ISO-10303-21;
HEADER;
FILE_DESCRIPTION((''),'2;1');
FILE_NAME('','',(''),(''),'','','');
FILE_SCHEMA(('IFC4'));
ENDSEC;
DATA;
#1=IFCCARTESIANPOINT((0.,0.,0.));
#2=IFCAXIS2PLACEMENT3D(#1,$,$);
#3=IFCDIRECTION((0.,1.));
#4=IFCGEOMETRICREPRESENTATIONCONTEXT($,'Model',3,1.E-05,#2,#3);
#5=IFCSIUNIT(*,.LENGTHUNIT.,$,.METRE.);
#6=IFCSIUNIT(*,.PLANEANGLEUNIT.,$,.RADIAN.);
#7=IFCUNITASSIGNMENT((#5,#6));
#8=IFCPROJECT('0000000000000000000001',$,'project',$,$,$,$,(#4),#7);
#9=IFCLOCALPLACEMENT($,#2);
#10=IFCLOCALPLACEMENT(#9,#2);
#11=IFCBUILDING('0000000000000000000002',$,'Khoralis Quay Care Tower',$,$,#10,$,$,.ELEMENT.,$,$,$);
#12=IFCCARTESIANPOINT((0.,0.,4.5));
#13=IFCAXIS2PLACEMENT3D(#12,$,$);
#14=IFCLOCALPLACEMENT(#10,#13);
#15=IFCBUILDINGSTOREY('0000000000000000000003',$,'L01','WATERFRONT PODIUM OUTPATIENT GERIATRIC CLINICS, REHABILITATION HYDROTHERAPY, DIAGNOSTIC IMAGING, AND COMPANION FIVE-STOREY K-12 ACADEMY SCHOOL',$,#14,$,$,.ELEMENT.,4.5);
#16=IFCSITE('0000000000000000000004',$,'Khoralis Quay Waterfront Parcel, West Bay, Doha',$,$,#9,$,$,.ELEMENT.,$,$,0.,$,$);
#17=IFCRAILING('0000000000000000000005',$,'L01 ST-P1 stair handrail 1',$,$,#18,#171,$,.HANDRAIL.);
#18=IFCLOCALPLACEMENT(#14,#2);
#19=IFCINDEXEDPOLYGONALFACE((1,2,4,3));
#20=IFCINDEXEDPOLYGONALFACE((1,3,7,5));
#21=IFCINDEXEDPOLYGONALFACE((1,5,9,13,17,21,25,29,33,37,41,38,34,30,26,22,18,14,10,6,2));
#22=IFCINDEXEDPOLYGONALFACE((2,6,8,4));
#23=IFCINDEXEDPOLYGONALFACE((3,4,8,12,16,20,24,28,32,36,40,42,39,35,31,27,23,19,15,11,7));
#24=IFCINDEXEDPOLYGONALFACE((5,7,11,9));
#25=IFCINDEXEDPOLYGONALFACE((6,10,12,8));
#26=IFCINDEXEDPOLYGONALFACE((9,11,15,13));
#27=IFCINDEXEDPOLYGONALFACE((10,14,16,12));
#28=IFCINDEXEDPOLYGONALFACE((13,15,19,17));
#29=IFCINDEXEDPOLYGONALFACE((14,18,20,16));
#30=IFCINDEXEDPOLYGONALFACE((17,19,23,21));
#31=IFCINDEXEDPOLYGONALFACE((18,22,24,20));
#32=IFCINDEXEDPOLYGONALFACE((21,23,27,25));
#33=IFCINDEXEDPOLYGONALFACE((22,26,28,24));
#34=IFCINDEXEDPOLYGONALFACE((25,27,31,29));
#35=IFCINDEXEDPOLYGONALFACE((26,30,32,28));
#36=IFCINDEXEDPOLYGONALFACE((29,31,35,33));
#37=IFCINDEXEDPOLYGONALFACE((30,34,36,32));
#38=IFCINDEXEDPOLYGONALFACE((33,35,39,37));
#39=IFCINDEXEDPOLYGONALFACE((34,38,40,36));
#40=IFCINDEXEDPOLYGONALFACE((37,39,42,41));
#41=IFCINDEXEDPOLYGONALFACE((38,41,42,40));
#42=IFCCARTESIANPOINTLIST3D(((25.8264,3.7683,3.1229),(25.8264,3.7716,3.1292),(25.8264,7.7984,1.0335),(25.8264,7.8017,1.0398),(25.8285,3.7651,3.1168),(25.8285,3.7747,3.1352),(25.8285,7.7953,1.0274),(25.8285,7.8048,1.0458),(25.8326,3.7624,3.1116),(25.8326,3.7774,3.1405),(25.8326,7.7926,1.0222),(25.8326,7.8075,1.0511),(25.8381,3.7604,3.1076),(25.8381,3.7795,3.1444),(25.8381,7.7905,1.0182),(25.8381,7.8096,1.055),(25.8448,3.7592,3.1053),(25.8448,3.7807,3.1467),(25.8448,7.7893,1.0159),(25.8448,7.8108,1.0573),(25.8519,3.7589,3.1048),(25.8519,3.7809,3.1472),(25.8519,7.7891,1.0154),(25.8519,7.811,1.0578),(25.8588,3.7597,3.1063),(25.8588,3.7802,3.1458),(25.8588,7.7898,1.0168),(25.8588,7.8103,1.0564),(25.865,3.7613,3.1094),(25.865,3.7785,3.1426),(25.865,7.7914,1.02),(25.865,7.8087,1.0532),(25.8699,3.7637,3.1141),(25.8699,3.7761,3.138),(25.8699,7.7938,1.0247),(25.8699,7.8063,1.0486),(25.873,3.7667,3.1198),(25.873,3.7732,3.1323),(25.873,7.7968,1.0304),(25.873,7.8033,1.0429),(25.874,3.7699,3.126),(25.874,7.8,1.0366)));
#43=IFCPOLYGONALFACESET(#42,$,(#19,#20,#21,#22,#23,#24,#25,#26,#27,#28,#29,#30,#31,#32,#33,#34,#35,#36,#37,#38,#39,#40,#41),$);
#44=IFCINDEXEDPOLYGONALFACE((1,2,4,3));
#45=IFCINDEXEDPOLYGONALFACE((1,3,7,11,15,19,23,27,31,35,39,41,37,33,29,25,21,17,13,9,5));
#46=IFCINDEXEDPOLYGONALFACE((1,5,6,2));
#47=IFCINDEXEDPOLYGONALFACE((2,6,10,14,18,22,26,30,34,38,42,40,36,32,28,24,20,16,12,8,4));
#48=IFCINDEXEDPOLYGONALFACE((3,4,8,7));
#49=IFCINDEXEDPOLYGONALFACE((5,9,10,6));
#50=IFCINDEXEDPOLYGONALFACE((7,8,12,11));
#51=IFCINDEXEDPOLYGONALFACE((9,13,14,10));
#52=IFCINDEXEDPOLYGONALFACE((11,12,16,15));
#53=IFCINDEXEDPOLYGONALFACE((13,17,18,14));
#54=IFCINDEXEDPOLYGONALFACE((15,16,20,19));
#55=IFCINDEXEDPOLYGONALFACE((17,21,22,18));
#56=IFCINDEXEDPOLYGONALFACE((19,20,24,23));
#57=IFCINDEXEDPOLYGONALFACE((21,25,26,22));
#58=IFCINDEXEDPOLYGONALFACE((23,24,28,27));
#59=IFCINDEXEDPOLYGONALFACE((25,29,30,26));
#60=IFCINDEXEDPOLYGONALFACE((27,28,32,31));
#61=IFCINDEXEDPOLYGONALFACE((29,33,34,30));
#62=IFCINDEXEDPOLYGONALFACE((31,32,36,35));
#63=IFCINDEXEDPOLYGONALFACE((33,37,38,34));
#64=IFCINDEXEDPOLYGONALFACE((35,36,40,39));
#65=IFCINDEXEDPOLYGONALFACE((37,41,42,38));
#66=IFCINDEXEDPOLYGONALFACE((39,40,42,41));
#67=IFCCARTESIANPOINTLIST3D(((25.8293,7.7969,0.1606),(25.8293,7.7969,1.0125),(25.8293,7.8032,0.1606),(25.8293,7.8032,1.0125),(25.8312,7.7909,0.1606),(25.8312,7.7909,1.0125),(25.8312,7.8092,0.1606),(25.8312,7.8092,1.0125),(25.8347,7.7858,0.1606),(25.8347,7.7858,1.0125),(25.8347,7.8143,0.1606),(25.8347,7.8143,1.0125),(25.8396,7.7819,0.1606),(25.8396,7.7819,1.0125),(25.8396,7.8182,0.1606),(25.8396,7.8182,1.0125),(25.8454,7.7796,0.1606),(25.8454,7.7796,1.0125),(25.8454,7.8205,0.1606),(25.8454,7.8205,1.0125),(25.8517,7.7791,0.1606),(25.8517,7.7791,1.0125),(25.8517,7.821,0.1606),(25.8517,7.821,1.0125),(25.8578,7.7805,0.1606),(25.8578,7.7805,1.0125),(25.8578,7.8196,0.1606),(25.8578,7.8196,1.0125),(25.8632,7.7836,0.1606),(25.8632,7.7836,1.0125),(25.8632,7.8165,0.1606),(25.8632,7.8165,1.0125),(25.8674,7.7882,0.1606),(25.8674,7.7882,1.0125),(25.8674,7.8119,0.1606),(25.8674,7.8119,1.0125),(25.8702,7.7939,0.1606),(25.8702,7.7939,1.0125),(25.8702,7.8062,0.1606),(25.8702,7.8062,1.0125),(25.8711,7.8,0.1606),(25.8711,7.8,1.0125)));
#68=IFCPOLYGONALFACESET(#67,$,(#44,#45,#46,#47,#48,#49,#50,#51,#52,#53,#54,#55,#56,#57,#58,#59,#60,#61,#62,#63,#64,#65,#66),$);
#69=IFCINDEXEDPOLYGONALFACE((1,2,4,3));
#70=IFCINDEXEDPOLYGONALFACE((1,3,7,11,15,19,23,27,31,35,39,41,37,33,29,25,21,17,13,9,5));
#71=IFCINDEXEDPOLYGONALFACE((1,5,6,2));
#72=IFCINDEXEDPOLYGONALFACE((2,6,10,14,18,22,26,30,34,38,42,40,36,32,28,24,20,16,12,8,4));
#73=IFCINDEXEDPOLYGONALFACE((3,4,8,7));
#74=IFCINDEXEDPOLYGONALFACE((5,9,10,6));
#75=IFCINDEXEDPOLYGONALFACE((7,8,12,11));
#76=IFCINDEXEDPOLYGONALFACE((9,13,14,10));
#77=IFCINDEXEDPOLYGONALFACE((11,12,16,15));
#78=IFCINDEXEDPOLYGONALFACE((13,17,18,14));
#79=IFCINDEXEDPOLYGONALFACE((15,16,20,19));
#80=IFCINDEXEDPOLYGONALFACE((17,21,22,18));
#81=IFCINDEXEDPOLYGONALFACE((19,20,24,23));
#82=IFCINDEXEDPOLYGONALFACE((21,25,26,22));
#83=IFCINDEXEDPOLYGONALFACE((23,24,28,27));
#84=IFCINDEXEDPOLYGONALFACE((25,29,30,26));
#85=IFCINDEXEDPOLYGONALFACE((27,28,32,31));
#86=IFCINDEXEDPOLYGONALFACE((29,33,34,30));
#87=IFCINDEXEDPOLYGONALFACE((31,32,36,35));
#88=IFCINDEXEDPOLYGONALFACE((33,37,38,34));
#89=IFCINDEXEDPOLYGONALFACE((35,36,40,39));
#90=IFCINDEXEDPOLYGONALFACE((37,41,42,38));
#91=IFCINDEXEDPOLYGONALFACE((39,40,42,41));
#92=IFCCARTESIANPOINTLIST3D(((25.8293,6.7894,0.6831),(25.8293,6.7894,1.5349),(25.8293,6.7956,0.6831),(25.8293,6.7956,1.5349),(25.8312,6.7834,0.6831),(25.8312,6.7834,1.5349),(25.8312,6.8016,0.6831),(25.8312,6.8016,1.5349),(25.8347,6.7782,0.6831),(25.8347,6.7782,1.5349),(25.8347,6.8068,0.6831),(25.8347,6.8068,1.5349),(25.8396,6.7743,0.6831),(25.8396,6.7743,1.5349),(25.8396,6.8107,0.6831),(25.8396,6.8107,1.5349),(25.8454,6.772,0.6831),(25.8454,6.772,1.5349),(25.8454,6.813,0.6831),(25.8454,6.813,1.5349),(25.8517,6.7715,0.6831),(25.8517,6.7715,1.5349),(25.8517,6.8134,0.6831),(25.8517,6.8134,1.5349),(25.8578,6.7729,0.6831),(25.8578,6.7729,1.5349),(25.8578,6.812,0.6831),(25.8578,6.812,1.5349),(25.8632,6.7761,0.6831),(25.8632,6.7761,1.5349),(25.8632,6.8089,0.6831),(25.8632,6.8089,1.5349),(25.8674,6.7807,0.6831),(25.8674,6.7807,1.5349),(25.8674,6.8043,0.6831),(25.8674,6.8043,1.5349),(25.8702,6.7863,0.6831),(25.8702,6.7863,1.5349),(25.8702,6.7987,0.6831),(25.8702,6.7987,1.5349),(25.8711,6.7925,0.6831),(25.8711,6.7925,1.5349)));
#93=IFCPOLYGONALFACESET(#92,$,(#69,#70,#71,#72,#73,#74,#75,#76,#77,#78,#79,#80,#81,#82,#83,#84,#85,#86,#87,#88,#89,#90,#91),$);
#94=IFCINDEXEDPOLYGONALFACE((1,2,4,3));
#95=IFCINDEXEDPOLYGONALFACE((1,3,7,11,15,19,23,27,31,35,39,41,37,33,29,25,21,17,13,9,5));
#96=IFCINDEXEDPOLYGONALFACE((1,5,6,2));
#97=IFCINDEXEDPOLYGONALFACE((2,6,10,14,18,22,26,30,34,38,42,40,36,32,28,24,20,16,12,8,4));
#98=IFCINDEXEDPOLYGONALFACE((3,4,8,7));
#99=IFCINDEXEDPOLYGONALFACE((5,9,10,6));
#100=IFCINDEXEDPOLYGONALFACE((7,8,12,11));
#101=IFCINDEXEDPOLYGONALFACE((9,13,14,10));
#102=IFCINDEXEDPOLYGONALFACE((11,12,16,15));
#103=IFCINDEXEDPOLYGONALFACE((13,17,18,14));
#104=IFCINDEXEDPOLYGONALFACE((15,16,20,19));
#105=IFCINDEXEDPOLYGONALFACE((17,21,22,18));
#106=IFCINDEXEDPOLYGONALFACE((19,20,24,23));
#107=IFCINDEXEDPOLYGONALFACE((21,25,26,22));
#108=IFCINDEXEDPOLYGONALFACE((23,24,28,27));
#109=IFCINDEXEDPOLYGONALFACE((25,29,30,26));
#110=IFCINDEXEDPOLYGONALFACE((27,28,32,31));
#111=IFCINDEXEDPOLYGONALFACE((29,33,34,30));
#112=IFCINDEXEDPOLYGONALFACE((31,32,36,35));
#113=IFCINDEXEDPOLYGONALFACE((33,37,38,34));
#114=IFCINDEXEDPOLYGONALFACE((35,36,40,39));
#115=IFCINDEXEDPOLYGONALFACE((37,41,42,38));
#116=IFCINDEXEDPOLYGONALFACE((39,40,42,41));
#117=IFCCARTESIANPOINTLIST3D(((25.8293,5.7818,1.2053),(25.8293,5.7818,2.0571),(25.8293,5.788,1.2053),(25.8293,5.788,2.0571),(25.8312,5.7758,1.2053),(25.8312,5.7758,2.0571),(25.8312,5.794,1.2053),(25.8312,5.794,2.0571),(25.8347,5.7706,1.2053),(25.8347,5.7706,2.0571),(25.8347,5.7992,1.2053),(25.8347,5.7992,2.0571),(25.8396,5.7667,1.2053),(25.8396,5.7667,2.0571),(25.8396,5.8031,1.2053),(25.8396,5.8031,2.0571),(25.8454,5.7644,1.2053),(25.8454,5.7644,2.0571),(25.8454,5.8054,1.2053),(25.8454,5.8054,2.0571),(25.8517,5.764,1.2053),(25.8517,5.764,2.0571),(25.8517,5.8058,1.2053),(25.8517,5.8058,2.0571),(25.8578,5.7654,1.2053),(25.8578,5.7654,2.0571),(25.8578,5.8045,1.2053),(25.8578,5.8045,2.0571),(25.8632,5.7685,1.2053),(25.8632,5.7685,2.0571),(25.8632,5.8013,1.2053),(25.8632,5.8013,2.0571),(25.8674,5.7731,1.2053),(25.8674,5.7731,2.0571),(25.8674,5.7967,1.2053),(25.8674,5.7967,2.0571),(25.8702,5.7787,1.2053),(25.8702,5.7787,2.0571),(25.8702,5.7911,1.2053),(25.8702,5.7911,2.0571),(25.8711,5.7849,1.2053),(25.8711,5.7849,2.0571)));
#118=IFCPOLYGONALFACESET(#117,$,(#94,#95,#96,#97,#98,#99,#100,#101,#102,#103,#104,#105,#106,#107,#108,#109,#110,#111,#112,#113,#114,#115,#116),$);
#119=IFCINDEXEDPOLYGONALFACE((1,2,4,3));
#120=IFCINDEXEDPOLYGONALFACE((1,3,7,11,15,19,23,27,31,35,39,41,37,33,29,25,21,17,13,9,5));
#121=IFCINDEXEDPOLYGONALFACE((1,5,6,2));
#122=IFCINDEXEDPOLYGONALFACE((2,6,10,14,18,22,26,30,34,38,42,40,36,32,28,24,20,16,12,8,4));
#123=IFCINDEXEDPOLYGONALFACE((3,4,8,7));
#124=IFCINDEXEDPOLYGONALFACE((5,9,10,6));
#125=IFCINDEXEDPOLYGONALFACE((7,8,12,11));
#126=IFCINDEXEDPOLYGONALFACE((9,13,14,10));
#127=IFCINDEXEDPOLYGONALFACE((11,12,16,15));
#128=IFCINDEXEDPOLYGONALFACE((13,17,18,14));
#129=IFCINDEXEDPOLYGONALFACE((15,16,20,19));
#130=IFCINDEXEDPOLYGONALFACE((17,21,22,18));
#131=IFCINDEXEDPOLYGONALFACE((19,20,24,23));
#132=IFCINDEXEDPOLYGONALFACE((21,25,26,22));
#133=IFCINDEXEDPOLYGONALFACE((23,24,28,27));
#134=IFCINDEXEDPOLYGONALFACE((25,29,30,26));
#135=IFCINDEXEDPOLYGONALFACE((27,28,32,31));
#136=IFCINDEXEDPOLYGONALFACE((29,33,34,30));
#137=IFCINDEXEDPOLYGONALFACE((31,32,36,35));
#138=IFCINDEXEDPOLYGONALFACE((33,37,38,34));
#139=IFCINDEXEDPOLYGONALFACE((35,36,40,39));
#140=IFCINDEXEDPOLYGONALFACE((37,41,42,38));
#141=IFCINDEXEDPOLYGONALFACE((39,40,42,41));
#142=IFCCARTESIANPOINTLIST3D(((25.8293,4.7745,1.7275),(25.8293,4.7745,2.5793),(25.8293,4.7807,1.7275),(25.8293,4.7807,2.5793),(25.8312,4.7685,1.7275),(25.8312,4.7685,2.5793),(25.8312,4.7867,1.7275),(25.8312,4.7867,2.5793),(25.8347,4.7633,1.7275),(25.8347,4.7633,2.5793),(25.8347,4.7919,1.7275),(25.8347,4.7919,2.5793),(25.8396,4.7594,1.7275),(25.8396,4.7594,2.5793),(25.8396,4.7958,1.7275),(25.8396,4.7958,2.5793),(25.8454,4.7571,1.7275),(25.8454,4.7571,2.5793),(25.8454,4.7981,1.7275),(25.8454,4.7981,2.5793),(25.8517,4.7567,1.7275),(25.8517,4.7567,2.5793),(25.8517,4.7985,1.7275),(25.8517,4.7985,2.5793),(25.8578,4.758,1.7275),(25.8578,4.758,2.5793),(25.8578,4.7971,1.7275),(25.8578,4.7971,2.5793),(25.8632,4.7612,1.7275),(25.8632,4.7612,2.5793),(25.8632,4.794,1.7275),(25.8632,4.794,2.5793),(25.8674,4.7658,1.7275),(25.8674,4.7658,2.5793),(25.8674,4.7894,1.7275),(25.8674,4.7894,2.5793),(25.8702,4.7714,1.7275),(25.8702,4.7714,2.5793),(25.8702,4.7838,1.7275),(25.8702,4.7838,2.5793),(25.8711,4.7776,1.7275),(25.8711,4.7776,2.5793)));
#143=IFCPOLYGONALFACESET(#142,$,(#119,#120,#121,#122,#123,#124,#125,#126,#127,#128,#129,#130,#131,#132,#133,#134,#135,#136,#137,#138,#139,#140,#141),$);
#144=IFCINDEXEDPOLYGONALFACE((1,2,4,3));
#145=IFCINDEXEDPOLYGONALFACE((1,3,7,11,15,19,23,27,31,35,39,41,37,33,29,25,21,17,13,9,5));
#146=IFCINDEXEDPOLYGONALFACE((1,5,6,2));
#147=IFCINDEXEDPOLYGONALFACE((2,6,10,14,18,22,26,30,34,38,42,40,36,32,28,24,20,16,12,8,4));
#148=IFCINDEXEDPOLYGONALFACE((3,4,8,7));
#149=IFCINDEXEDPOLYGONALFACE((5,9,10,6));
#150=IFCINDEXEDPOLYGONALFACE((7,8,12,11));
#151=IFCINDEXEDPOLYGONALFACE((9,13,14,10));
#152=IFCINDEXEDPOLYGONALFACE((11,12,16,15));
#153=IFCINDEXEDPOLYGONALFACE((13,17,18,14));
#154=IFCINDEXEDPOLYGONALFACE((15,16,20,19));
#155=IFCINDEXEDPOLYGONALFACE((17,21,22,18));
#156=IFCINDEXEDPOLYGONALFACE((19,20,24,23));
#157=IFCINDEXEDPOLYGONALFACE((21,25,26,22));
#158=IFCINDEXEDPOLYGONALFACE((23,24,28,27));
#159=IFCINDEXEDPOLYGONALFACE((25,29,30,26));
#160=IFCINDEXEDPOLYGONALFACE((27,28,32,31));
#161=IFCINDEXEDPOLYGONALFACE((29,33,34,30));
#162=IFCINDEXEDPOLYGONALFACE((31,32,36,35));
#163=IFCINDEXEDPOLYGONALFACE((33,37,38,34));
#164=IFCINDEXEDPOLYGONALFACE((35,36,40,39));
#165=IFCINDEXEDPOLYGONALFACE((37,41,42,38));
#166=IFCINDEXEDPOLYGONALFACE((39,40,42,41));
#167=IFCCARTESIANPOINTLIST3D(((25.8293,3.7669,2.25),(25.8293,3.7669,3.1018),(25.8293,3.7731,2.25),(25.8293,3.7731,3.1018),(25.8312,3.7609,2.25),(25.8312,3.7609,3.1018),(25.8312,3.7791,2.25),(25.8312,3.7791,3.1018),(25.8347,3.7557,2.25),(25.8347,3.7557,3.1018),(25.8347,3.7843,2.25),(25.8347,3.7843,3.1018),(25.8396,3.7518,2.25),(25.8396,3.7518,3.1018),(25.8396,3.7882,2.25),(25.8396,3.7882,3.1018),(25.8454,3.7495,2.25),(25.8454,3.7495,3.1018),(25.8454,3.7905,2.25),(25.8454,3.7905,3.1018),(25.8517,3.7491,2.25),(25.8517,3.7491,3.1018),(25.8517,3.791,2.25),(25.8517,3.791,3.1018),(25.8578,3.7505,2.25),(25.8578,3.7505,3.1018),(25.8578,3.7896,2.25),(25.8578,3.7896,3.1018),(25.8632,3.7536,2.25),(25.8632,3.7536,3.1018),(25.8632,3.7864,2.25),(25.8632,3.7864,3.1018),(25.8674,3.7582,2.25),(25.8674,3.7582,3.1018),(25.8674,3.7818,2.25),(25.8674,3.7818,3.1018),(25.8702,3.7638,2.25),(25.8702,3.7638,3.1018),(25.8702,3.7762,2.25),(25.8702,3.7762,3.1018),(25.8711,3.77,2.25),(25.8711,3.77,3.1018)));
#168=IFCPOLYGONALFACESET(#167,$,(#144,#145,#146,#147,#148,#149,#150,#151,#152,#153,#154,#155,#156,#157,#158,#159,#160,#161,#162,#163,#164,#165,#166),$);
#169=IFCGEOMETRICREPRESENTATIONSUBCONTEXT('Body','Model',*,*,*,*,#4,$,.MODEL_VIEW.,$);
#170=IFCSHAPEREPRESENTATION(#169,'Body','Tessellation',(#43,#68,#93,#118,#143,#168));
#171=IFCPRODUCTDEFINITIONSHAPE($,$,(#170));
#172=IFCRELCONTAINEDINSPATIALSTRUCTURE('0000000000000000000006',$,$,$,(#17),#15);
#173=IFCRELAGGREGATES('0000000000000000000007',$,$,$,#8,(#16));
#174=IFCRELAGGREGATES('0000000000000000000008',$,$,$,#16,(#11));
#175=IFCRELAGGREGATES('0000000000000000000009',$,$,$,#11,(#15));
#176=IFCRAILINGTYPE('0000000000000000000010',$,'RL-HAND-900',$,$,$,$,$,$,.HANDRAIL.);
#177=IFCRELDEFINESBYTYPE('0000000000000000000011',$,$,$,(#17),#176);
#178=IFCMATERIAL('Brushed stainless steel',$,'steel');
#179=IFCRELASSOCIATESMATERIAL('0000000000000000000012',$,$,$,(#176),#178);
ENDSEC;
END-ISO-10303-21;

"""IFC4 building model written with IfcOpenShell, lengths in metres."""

from ifc_helpers import new_model, si_unit, direction, frame, origin, origin_2d, place, context, subcontext, project, spatial, circle, extrude, material, type_object, element, save


model = new_model("IFC4")

# Units and contexts
model_context = context("Model", 3, precision=1e-05, world=origin(), true_north=direction((0.0, 1.0)))
body_context = subcontext(model_context, "Body", "Model", "MODEL_VIEW")
ifc_project = project(units=[si_unit("LENGTHUNIT", "METRE"), si_unit("PLANEANGLEUNIT", "RADIAN")], contexts=[model_context])

# Site, building, storey
site_placement = place(None, origin())
site = spatial("IfcSite", under=ifc_project, at=site_placement, Name="Khoralis Quay Waterfront Parcel, West Bay, Doha", CompositionType="ELEMENT", RefElevation=0.0)
building_placement = place(site_placement, origin())
building = spatial("IfcBuilding", under=site, at=building_placement, Name="Khoralis Quay Care Tower", CompositionType="ELEMENT")
storey_placement = place(building_placement, frame((0.0, 0.0, 4.5)))
storey = spatial("IfcBuildingStorey", under=building, at=storey_placement, Name="L01", Description="WATERFRONT PODIUM OUTPATIENT GERIATRIC CLINICS, REHABILITATION HYDROTHERAPY, DIAGNOSTIC IMAGING, AND COMPANION FIVE-STOREY K-12 ACADEMY SCHOOL", CompositionType="ELEMENT", Elevation=4.5)

# Shared definitions
ifc_material_1 = material(Name="Brushed stainless steel", Category="steel")

# Railing
railing_type_1 = type_object("IfcRailingType", Name="RL-HAND-900", PredefinedType="HANDRAIL", material=ifc_material_1)
railing_1_placement = place(storey_placement, frame((25.8501, 7.8, 0.1606)))
element("IfcRailing", 1, at=railing_1_placement, inside=storey, type_object=railing_type_1, Name="L01 ST-P1 stair handrail 1", PredefinedType="HANDRAIL", context=body_context, shape_type="SweptSolid", body=[
    extrude(circle(Radius=0.0239, at=origin_2d()), frame((0.0, 0.0, 0.876), z_axis=(0.0, -0.887781, 0.460267), x_axis=(1.0, 0.0, 0.0)), (0.0, 0.0, 1.0), 4.5396),
    extrude(circle(Radius=0.021, at=origin_2d()), origin(), (0.0, 0.0, 1.0), 0.8518),
    extrude(circle(Radius=0.021, at=origin_2d()), frame((0.0, -1.0076, 0.5225)), (0.0, 0.0, 1.0), 0.8518),
    extrude(circle(Radius=0.021, at=origin_2d()), frame((0.0, -2.0151, 1.0447)), (0.0, 0.0, 1.0), 0.8518),
    extrude(circle(Radius=0.021, at=origin_2d()), frame((0.0, -3.0225, 1.5669)), (0.0, 0.0, 1.0), 0.8518),
    extrude(circle(Radius=0.021, at=origin_2d()), frame((0.0, -4.03, 2.0894)), (0.0, 0.0, 1.0), 0.8518),
])

save(model, "model.ifc")
